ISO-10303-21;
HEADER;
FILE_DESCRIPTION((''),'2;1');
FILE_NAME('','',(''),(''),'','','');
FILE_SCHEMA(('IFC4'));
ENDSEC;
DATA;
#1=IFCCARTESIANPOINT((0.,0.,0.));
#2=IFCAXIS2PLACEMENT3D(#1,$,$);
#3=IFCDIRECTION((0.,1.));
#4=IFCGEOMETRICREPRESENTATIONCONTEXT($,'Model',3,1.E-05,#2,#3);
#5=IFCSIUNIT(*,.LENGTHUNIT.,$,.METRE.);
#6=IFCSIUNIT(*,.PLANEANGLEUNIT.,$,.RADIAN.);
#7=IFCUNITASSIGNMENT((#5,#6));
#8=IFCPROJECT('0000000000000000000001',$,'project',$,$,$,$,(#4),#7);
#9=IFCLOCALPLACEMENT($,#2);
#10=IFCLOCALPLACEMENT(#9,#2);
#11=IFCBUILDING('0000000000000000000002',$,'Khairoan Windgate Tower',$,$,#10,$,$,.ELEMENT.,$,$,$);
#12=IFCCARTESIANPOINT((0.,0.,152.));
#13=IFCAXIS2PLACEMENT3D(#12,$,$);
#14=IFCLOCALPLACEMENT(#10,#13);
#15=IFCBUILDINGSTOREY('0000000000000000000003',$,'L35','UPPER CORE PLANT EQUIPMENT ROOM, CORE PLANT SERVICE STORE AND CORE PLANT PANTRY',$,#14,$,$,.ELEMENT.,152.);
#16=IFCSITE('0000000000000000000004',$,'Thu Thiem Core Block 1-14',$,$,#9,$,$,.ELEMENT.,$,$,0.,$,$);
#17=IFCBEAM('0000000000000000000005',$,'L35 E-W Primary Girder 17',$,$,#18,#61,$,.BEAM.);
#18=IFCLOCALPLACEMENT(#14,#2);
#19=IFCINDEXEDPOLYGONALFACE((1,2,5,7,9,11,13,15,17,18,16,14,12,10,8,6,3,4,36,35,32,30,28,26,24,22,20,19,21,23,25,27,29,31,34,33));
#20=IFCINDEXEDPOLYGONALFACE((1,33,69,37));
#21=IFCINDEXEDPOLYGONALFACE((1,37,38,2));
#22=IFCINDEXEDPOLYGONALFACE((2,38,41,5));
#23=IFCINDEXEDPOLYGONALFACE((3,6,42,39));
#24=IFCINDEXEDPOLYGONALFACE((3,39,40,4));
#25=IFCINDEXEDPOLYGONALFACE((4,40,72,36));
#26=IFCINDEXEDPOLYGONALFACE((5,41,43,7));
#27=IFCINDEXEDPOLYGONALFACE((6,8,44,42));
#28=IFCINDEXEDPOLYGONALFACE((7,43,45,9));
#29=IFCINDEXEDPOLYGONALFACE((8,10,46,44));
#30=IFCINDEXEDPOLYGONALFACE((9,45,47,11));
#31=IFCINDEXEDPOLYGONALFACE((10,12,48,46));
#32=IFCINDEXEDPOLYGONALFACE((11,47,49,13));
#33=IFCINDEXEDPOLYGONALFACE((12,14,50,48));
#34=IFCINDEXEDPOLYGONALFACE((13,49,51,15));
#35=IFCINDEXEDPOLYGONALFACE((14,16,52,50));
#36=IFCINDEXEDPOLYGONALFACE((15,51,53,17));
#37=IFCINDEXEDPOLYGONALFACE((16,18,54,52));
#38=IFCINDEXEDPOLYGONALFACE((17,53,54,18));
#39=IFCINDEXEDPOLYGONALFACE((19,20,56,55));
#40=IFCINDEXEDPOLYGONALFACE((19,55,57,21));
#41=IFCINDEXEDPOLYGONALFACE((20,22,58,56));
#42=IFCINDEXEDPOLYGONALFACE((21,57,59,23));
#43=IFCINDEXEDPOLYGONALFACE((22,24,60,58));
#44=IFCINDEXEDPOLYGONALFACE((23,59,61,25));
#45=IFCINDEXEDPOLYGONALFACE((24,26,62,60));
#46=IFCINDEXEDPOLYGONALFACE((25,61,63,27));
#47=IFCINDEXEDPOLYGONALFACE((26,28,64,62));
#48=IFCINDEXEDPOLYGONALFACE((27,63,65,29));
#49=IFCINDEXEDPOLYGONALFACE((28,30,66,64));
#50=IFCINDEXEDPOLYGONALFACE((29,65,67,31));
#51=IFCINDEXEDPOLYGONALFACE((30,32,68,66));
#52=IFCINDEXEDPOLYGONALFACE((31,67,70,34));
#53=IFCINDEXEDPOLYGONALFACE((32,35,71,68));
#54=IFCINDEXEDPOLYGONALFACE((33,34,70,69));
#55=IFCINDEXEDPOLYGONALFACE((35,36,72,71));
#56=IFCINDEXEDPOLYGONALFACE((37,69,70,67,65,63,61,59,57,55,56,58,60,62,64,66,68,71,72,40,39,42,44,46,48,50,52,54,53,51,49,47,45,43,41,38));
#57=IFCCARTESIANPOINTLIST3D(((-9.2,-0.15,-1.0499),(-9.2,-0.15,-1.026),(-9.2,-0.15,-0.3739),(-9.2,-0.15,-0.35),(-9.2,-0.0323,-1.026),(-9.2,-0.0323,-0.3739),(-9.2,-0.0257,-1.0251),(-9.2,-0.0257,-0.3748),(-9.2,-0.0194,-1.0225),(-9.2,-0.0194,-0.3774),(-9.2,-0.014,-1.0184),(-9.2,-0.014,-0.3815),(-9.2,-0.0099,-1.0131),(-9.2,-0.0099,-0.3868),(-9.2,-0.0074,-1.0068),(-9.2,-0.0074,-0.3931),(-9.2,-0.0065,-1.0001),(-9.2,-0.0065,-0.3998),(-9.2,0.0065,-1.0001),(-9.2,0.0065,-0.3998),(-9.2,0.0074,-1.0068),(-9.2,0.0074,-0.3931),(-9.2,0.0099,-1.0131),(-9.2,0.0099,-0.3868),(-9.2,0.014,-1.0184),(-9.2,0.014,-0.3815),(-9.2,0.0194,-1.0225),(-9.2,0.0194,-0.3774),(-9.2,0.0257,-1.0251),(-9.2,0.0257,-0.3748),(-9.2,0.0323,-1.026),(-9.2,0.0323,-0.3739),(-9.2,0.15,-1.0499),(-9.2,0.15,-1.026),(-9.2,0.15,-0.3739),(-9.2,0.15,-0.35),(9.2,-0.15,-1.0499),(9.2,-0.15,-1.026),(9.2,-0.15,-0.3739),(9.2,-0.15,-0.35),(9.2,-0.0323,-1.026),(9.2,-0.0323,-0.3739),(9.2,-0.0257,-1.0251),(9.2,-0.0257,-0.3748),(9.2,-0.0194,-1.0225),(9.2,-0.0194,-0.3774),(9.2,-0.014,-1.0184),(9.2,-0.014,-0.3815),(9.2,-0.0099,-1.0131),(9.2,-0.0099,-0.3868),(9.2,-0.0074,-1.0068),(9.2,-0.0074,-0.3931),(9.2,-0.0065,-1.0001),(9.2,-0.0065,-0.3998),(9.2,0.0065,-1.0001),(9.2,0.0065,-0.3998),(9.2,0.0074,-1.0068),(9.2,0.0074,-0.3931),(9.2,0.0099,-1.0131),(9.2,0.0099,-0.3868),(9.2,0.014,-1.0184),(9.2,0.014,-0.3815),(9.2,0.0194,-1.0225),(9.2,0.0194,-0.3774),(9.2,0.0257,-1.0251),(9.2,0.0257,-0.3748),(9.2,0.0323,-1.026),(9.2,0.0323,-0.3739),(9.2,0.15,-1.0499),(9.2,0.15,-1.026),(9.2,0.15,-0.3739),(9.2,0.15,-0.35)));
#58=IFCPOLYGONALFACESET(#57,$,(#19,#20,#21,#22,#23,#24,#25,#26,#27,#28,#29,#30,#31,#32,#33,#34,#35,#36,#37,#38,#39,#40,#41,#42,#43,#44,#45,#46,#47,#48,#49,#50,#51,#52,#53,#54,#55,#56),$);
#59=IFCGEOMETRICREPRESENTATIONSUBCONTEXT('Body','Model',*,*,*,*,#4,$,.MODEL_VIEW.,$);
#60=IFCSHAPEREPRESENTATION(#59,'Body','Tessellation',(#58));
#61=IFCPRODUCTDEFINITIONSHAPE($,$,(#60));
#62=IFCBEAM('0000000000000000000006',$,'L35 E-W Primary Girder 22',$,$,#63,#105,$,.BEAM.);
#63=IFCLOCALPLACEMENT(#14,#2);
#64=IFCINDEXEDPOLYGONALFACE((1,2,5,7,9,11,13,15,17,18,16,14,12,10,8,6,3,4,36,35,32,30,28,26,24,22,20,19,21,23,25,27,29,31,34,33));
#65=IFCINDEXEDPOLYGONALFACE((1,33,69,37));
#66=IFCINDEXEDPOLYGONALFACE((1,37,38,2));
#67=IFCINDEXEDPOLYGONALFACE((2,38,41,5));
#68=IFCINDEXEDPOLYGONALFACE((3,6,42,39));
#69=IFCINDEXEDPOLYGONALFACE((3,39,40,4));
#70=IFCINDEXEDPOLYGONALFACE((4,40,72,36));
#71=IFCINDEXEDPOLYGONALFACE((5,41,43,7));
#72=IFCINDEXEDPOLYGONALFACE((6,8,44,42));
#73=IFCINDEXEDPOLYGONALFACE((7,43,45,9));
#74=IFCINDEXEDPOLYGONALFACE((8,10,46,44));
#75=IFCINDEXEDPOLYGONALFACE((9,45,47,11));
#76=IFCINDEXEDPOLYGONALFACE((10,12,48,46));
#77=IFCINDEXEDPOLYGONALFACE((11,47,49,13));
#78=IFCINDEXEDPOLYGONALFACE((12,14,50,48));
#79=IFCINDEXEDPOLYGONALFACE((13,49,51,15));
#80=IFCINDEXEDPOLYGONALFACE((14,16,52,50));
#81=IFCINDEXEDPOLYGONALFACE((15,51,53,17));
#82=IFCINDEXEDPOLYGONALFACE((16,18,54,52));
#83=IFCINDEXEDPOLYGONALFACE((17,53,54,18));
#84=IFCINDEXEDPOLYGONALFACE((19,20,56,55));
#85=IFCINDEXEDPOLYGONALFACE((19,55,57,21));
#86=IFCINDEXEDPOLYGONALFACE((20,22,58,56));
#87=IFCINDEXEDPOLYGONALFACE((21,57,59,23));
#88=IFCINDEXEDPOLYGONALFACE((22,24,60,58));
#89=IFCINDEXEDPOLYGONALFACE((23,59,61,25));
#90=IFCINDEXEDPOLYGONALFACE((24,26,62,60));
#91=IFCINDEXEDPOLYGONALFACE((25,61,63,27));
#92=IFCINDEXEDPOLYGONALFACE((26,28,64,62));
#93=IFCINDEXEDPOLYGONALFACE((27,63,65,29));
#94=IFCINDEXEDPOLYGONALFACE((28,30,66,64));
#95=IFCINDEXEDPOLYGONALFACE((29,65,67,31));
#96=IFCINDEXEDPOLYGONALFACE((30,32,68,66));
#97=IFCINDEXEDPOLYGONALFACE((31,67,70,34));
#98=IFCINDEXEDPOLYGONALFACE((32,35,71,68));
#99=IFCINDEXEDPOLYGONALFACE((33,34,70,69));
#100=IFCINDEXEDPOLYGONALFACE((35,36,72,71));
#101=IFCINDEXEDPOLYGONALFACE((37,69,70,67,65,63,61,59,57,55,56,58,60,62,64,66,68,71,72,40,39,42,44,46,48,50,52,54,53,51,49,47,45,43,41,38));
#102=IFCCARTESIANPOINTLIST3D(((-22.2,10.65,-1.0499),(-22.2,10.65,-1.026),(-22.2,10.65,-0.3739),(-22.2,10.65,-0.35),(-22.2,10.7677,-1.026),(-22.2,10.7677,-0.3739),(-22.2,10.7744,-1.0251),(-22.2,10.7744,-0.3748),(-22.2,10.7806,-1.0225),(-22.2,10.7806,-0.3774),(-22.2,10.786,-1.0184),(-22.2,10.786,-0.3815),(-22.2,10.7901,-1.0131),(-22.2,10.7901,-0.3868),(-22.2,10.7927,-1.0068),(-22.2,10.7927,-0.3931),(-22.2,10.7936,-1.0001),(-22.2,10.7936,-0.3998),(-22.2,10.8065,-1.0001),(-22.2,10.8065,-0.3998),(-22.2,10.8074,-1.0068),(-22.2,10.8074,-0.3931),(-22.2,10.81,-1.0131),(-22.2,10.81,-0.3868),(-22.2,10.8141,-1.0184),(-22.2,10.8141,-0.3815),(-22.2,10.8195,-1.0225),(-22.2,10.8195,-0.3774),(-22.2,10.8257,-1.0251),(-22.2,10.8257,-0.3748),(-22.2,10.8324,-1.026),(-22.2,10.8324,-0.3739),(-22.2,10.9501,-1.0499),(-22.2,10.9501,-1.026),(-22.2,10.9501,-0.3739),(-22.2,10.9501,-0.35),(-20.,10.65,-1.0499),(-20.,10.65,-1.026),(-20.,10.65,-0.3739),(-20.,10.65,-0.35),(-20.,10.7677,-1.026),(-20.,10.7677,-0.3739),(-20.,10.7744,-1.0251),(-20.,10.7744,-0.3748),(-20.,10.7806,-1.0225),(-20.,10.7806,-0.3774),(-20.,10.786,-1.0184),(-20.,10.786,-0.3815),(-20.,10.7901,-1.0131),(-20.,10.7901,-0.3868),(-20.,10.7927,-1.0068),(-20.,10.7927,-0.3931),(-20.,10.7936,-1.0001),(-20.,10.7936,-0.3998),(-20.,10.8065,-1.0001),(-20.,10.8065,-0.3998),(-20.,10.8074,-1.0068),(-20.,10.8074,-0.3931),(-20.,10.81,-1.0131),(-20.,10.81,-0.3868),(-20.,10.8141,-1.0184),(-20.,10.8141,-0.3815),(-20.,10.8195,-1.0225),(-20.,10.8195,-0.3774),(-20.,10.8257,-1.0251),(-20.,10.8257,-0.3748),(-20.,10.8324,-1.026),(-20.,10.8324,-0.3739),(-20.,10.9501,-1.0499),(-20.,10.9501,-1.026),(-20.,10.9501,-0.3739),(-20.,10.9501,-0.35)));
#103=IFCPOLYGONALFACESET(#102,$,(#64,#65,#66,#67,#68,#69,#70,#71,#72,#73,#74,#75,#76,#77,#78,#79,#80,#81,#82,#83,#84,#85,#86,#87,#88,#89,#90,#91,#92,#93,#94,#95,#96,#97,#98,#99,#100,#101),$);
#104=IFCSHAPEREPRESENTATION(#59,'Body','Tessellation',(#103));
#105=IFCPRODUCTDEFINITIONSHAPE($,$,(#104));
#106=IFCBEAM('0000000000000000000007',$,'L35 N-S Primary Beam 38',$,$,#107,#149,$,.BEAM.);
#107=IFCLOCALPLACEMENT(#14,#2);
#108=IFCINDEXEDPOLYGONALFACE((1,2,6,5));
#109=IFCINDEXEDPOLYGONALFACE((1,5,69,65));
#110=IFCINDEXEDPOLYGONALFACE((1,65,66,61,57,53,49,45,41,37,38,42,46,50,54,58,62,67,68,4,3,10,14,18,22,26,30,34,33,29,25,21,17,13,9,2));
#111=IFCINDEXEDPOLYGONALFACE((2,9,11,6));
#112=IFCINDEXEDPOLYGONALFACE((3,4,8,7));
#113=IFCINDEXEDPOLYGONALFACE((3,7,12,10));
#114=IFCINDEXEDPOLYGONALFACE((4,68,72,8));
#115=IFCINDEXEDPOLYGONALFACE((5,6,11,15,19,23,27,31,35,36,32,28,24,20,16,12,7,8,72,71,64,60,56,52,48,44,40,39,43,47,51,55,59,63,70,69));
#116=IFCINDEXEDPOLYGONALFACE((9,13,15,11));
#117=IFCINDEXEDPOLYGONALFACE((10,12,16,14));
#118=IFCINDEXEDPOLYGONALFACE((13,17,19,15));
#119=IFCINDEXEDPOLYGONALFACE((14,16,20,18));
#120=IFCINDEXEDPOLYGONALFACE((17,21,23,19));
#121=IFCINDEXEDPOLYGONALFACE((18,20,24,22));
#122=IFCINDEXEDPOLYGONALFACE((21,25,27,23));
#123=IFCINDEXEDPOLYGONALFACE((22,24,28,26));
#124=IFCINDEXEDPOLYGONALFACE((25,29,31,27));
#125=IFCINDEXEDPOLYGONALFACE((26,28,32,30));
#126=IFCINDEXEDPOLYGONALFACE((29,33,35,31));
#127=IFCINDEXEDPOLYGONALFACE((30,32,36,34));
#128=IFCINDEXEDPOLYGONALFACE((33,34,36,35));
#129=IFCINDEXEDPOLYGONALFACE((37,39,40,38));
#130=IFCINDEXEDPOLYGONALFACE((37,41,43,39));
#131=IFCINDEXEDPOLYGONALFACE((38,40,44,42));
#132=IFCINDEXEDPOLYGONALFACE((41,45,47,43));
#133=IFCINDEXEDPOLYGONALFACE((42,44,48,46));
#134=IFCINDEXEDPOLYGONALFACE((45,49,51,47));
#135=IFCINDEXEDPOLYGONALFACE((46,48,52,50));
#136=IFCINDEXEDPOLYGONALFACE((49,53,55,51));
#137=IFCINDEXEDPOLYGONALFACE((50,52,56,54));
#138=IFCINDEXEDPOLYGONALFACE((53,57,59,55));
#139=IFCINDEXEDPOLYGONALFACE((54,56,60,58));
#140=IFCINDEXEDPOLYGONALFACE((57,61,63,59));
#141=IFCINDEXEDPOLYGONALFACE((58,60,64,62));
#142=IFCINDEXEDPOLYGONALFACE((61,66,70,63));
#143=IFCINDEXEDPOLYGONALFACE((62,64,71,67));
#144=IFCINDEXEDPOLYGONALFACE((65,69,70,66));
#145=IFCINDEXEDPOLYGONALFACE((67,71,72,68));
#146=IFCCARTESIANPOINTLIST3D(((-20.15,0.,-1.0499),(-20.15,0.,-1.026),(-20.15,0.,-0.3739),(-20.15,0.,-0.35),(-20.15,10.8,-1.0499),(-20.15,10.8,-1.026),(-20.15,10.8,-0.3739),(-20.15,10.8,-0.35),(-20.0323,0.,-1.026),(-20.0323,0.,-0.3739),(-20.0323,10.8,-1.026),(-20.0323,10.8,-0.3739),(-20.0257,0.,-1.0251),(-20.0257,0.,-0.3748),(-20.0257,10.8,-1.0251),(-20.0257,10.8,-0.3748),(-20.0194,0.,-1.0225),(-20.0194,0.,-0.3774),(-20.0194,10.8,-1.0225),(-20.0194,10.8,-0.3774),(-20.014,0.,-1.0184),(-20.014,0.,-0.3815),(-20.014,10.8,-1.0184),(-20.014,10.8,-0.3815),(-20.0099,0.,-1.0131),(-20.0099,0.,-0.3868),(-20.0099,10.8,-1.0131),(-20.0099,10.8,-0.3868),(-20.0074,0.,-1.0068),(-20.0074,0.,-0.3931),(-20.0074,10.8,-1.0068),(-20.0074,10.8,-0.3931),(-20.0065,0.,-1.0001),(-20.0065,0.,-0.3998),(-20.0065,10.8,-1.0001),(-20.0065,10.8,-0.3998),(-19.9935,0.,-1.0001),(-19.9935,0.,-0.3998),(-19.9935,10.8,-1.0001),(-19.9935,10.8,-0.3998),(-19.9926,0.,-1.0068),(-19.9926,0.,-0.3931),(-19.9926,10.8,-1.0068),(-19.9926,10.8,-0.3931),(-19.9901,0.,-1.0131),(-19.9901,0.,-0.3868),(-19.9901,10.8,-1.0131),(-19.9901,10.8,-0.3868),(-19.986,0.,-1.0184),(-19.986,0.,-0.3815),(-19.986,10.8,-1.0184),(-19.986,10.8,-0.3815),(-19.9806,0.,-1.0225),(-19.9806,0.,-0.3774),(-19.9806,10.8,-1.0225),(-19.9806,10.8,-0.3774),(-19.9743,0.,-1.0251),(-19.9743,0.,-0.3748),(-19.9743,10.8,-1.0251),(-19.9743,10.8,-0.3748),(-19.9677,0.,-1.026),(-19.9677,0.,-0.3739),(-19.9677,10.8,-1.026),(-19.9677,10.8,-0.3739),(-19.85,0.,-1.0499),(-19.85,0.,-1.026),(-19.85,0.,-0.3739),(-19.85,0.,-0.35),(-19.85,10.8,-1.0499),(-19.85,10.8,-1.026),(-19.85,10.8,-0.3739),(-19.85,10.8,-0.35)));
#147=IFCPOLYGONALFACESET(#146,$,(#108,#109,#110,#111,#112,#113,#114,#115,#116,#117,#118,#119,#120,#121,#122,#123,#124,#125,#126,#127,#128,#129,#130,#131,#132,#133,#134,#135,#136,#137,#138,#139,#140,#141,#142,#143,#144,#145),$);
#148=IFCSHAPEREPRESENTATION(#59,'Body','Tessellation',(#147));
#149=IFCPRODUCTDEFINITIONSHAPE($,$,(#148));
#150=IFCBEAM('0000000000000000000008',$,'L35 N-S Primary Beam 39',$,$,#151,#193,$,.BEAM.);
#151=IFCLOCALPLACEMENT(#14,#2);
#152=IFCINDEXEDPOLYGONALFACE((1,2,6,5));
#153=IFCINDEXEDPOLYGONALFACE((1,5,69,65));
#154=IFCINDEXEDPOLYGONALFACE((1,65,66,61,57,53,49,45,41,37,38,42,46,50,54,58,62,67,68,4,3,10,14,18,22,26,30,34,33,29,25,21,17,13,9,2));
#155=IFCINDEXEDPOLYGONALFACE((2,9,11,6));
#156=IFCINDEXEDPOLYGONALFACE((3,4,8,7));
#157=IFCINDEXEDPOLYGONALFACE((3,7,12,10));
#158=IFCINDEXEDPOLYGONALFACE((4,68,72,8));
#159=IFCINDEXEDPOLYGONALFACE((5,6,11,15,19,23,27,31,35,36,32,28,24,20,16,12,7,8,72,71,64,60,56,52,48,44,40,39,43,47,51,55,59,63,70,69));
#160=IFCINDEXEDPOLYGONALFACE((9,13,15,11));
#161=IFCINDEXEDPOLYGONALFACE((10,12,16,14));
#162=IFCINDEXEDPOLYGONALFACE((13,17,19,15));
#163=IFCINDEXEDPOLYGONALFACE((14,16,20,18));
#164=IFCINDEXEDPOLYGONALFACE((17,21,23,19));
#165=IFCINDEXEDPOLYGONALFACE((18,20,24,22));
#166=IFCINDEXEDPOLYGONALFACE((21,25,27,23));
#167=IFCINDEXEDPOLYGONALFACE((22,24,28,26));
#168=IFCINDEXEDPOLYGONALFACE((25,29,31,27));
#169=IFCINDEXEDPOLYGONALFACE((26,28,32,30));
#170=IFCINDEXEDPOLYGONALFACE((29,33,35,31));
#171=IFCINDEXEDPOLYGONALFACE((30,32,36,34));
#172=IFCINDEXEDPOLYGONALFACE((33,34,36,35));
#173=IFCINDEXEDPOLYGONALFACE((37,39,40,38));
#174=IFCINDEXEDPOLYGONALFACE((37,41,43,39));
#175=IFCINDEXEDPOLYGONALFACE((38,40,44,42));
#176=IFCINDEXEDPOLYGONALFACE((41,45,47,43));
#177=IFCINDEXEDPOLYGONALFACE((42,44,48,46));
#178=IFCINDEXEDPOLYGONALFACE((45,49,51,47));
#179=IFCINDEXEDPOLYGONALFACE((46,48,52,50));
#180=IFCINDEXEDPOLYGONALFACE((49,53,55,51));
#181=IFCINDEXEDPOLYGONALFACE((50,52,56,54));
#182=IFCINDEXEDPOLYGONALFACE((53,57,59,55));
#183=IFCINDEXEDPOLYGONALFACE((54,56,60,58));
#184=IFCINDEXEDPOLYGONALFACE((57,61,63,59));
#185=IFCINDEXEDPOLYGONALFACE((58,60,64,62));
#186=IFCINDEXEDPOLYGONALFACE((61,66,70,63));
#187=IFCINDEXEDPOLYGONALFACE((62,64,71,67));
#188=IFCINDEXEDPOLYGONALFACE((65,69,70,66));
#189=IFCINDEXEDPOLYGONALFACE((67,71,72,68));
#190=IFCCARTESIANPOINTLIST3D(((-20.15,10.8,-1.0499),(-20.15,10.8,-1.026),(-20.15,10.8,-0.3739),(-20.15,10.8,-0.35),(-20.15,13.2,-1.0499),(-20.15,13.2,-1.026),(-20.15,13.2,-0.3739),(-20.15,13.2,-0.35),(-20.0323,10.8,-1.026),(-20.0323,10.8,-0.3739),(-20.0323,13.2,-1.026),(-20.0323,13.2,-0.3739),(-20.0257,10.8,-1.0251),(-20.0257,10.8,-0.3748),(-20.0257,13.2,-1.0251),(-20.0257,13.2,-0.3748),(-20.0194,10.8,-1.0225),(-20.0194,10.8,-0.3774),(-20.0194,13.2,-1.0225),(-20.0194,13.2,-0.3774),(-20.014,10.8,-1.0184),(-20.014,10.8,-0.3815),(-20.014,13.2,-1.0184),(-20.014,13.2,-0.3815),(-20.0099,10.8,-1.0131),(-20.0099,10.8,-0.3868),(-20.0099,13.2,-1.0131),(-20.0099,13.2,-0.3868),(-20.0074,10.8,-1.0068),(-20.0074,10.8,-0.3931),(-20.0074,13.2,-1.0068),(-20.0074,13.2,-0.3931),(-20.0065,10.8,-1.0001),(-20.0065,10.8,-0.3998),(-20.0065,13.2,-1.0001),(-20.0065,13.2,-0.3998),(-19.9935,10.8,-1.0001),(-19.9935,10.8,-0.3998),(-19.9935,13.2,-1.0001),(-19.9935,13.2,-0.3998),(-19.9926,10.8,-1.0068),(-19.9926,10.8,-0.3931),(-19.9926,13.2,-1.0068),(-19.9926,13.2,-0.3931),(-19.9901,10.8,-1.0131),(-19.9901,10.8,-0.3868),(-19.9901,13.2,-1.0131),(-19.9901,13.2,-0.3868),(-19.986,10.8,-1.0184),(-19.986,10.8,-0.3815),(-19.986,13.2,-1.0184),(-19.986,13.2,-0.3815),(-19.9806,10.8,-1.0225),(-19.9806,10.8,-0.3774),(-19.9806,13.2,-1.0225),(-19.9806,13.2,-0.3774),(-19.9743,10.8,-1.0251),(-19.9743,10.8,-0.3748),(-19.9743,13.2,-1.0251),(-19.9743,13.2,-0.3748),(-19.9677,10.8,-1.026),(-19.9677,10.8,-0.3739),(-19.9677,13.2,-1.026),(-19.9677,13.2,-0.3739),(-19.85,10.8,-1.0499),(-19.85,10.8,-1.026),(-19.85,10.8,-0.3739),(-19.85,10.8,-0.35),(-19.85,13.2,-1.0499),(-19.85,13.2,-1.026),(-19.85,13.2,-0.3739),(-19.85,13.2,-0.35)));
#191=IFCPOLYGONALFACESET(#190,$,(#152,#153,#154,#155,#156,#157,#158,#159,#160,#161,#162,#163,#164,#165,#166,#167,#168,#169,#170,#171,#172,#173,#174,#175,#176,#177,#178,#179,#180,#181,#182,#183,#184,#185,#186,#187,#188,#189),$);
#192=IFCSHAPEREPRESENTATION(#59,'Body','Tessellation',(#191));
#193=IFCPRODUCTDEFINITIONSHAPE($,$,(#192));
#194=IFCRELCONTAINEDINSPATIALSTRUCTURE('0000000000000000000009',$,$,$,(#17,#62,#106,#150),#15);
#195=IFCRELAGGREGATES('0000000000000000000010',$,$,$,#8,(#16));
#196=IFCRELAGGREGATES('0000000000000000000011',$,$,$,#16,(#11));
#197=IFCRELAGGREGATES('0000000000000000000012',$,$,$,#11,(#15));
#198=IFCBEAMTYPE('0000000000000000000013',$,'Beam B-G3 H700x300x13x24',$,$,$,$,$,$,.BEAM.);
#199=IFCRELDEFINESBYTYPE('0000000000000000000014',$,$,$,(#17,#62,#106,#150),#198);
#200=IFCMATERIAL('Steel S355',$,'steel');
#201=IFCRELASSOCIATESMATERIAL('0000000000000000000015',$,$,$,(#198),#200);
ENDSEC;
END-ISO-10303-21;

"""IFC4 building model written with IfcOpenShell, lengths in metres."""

from ifc_helpers import new_model, si_unit, direction, frame, origin, origin_2d, place, context, subcontext, project, spatial, i_section, extrude, material, material_profile, profile_set, type_object, element, save


model = new_model("IFC4")

# Units and contexts
model_context = context("Model", 3, precision=1e-05, world=origin(), true_north=direction((0.0, 1.0)))
body_context = subcontext(model_context, "Body", "Model", "MODEL_VIEW")
ifc_project = project(units=[si_unit("LENGTHUNIT", "METRE"), si_unit("PLANEANGLEUNIT", "RADIAN")], contexts=[model_context])

# Site, building, storey
site_placement = place(None, origin())
site = spatial("IfcSite", under=ifc_project, at=site_placement, Name="Thu Thiem Core Block 1-14", CompositionType="ELEMENT", RefElevation=0.0)
building_placement = place(site_placement, origin())
building = spatial("IfcBuilding", under=site, at=building_placement, Name="Khairoan Windgate Tower", CompositionType="ELEMENT")
storey_placement = place(building_placement, frame((0.0, 0.0, 152.0)))
storey = spatial("IfcBuildingStorey", under=building, at=storey_placement, Name="L35", Description="UPPER CORE PLANT EQUIPMENT ROOM, CORE PLANT SERVICE STORE AND CORE PLANT PANTRY", CompositionType="ELEMENT", Elevation=152.0)

# Beams
ifc_material_1 = material(Name="Steel S355", Category="steel")
ifc_material_profile_1 = material_profile(ifc_material_1, i_section(OverallWidth=0.3, OverallDepth=0.7, WebThickness=0.0129, FlangeThickness=0.0239, FilletRadius=0.0259, at=origin_2d()))
ifc_profile_set_1 = profile_set([ifc_material_profile_1], Name="Steel S355")
beam_type_1 = type_object("IfcBeamType", Name="Beam B-G3 H700x300x13x24", PredefinedType="BEAM", material=ifc_profile_set_1)
beam_1_placement = place(storey_placement, frame((-9.2, 0.0, -0.7), z_axis=(1.0, 0.0, 0.0), x_axis=(0.0, 1.0, 0.0)))
element("IfcBeam", 1, at=beam_1_placement, inside=storey, type_object=beam_type_1, Name="L35 E-W Primary Girder 17", PredefinedType="BEAM", context=body_context, shape_type="SweptSolid", body=[
    extrude(i_section(OverallWidth=0.3, OverallDepth=0.7, WebThickness=0.0129, FlangeThickness=0.0239, FilletRadius=0.0259, at=origin_2d()), origin(), (0.0, 0.0, 1.0), 18.3999),
])
beam_2_placement = place(storey_placement, frame((-22.2, 10.8, -0.7), z_axis=(1.0, 0.0, 0.0), x_axis=(0.0, 1.0, 0.0)))
element("IfcBeam", 2, at=beam_2_placement, inside=storey, type_object=beam_type_1, Name="L35 E-W Primary Girder 22", PredefinedType="BEAM", context=body_context, shape_type="SweptSolid", body=[
    extrude(i_section(OverallWidth=0.3, OverallDepth=0.7, WebThickness=0.0129, FlangeThickness=0.0239, FilletRadius=0.0259, at=origin_2d()), origin(), (0.0, 0.0, 1.0), 2.2),
])
beam_3_placement = place(storey_placement, frame((-20.0, 0.0, -0.7), z_axis=(0.0, 1.0, 0.0), x_axis=(-1.0, 0.0, 0.0)))
element("IfcBeam", 3, at=beam_3_placement, inside=storey, type_object=beam_type_1, Name="L35 N-S Primary Beam 38", PredefinedType="BEAM", context=body_context, shape_type="SweptSolid", body=[
    extrude(i_section(OverallWidth=0.3, OverallDepth=0.7, WebThickness=0.0129, FlangeThickness=0.0239, FilletRadius=0.0259, at=origin_2d()), origin(), (0.0, 0.0, 1.0), 10.8),
])
beam_4_placement = place(storey_placement, frame((-20.0, 10.8, -0.7), z_axis=(0.0, 1.0, 0.0), x_axis=(-1.0, 0.0, 0.0)))
element("IfcBeam", 4, at=beam_4_placement, inside=storey, type_object=beam_type_1, Name="L35 N-S Primary Beam 39", PredefinedType="BEAM", context=body_context, shape_type="SweptSolid", body=[
    extrude(i_section(OverallWidth=0.3, OverallDepth=0.7, WebThickness=0.0129, FlangeThickness=0.0239, FilletRadius=0.0259, at=origin_2d()), origin(), (0.0, 0.0, 1.0), 2.3999),
])

save(model, "model.ifc")
